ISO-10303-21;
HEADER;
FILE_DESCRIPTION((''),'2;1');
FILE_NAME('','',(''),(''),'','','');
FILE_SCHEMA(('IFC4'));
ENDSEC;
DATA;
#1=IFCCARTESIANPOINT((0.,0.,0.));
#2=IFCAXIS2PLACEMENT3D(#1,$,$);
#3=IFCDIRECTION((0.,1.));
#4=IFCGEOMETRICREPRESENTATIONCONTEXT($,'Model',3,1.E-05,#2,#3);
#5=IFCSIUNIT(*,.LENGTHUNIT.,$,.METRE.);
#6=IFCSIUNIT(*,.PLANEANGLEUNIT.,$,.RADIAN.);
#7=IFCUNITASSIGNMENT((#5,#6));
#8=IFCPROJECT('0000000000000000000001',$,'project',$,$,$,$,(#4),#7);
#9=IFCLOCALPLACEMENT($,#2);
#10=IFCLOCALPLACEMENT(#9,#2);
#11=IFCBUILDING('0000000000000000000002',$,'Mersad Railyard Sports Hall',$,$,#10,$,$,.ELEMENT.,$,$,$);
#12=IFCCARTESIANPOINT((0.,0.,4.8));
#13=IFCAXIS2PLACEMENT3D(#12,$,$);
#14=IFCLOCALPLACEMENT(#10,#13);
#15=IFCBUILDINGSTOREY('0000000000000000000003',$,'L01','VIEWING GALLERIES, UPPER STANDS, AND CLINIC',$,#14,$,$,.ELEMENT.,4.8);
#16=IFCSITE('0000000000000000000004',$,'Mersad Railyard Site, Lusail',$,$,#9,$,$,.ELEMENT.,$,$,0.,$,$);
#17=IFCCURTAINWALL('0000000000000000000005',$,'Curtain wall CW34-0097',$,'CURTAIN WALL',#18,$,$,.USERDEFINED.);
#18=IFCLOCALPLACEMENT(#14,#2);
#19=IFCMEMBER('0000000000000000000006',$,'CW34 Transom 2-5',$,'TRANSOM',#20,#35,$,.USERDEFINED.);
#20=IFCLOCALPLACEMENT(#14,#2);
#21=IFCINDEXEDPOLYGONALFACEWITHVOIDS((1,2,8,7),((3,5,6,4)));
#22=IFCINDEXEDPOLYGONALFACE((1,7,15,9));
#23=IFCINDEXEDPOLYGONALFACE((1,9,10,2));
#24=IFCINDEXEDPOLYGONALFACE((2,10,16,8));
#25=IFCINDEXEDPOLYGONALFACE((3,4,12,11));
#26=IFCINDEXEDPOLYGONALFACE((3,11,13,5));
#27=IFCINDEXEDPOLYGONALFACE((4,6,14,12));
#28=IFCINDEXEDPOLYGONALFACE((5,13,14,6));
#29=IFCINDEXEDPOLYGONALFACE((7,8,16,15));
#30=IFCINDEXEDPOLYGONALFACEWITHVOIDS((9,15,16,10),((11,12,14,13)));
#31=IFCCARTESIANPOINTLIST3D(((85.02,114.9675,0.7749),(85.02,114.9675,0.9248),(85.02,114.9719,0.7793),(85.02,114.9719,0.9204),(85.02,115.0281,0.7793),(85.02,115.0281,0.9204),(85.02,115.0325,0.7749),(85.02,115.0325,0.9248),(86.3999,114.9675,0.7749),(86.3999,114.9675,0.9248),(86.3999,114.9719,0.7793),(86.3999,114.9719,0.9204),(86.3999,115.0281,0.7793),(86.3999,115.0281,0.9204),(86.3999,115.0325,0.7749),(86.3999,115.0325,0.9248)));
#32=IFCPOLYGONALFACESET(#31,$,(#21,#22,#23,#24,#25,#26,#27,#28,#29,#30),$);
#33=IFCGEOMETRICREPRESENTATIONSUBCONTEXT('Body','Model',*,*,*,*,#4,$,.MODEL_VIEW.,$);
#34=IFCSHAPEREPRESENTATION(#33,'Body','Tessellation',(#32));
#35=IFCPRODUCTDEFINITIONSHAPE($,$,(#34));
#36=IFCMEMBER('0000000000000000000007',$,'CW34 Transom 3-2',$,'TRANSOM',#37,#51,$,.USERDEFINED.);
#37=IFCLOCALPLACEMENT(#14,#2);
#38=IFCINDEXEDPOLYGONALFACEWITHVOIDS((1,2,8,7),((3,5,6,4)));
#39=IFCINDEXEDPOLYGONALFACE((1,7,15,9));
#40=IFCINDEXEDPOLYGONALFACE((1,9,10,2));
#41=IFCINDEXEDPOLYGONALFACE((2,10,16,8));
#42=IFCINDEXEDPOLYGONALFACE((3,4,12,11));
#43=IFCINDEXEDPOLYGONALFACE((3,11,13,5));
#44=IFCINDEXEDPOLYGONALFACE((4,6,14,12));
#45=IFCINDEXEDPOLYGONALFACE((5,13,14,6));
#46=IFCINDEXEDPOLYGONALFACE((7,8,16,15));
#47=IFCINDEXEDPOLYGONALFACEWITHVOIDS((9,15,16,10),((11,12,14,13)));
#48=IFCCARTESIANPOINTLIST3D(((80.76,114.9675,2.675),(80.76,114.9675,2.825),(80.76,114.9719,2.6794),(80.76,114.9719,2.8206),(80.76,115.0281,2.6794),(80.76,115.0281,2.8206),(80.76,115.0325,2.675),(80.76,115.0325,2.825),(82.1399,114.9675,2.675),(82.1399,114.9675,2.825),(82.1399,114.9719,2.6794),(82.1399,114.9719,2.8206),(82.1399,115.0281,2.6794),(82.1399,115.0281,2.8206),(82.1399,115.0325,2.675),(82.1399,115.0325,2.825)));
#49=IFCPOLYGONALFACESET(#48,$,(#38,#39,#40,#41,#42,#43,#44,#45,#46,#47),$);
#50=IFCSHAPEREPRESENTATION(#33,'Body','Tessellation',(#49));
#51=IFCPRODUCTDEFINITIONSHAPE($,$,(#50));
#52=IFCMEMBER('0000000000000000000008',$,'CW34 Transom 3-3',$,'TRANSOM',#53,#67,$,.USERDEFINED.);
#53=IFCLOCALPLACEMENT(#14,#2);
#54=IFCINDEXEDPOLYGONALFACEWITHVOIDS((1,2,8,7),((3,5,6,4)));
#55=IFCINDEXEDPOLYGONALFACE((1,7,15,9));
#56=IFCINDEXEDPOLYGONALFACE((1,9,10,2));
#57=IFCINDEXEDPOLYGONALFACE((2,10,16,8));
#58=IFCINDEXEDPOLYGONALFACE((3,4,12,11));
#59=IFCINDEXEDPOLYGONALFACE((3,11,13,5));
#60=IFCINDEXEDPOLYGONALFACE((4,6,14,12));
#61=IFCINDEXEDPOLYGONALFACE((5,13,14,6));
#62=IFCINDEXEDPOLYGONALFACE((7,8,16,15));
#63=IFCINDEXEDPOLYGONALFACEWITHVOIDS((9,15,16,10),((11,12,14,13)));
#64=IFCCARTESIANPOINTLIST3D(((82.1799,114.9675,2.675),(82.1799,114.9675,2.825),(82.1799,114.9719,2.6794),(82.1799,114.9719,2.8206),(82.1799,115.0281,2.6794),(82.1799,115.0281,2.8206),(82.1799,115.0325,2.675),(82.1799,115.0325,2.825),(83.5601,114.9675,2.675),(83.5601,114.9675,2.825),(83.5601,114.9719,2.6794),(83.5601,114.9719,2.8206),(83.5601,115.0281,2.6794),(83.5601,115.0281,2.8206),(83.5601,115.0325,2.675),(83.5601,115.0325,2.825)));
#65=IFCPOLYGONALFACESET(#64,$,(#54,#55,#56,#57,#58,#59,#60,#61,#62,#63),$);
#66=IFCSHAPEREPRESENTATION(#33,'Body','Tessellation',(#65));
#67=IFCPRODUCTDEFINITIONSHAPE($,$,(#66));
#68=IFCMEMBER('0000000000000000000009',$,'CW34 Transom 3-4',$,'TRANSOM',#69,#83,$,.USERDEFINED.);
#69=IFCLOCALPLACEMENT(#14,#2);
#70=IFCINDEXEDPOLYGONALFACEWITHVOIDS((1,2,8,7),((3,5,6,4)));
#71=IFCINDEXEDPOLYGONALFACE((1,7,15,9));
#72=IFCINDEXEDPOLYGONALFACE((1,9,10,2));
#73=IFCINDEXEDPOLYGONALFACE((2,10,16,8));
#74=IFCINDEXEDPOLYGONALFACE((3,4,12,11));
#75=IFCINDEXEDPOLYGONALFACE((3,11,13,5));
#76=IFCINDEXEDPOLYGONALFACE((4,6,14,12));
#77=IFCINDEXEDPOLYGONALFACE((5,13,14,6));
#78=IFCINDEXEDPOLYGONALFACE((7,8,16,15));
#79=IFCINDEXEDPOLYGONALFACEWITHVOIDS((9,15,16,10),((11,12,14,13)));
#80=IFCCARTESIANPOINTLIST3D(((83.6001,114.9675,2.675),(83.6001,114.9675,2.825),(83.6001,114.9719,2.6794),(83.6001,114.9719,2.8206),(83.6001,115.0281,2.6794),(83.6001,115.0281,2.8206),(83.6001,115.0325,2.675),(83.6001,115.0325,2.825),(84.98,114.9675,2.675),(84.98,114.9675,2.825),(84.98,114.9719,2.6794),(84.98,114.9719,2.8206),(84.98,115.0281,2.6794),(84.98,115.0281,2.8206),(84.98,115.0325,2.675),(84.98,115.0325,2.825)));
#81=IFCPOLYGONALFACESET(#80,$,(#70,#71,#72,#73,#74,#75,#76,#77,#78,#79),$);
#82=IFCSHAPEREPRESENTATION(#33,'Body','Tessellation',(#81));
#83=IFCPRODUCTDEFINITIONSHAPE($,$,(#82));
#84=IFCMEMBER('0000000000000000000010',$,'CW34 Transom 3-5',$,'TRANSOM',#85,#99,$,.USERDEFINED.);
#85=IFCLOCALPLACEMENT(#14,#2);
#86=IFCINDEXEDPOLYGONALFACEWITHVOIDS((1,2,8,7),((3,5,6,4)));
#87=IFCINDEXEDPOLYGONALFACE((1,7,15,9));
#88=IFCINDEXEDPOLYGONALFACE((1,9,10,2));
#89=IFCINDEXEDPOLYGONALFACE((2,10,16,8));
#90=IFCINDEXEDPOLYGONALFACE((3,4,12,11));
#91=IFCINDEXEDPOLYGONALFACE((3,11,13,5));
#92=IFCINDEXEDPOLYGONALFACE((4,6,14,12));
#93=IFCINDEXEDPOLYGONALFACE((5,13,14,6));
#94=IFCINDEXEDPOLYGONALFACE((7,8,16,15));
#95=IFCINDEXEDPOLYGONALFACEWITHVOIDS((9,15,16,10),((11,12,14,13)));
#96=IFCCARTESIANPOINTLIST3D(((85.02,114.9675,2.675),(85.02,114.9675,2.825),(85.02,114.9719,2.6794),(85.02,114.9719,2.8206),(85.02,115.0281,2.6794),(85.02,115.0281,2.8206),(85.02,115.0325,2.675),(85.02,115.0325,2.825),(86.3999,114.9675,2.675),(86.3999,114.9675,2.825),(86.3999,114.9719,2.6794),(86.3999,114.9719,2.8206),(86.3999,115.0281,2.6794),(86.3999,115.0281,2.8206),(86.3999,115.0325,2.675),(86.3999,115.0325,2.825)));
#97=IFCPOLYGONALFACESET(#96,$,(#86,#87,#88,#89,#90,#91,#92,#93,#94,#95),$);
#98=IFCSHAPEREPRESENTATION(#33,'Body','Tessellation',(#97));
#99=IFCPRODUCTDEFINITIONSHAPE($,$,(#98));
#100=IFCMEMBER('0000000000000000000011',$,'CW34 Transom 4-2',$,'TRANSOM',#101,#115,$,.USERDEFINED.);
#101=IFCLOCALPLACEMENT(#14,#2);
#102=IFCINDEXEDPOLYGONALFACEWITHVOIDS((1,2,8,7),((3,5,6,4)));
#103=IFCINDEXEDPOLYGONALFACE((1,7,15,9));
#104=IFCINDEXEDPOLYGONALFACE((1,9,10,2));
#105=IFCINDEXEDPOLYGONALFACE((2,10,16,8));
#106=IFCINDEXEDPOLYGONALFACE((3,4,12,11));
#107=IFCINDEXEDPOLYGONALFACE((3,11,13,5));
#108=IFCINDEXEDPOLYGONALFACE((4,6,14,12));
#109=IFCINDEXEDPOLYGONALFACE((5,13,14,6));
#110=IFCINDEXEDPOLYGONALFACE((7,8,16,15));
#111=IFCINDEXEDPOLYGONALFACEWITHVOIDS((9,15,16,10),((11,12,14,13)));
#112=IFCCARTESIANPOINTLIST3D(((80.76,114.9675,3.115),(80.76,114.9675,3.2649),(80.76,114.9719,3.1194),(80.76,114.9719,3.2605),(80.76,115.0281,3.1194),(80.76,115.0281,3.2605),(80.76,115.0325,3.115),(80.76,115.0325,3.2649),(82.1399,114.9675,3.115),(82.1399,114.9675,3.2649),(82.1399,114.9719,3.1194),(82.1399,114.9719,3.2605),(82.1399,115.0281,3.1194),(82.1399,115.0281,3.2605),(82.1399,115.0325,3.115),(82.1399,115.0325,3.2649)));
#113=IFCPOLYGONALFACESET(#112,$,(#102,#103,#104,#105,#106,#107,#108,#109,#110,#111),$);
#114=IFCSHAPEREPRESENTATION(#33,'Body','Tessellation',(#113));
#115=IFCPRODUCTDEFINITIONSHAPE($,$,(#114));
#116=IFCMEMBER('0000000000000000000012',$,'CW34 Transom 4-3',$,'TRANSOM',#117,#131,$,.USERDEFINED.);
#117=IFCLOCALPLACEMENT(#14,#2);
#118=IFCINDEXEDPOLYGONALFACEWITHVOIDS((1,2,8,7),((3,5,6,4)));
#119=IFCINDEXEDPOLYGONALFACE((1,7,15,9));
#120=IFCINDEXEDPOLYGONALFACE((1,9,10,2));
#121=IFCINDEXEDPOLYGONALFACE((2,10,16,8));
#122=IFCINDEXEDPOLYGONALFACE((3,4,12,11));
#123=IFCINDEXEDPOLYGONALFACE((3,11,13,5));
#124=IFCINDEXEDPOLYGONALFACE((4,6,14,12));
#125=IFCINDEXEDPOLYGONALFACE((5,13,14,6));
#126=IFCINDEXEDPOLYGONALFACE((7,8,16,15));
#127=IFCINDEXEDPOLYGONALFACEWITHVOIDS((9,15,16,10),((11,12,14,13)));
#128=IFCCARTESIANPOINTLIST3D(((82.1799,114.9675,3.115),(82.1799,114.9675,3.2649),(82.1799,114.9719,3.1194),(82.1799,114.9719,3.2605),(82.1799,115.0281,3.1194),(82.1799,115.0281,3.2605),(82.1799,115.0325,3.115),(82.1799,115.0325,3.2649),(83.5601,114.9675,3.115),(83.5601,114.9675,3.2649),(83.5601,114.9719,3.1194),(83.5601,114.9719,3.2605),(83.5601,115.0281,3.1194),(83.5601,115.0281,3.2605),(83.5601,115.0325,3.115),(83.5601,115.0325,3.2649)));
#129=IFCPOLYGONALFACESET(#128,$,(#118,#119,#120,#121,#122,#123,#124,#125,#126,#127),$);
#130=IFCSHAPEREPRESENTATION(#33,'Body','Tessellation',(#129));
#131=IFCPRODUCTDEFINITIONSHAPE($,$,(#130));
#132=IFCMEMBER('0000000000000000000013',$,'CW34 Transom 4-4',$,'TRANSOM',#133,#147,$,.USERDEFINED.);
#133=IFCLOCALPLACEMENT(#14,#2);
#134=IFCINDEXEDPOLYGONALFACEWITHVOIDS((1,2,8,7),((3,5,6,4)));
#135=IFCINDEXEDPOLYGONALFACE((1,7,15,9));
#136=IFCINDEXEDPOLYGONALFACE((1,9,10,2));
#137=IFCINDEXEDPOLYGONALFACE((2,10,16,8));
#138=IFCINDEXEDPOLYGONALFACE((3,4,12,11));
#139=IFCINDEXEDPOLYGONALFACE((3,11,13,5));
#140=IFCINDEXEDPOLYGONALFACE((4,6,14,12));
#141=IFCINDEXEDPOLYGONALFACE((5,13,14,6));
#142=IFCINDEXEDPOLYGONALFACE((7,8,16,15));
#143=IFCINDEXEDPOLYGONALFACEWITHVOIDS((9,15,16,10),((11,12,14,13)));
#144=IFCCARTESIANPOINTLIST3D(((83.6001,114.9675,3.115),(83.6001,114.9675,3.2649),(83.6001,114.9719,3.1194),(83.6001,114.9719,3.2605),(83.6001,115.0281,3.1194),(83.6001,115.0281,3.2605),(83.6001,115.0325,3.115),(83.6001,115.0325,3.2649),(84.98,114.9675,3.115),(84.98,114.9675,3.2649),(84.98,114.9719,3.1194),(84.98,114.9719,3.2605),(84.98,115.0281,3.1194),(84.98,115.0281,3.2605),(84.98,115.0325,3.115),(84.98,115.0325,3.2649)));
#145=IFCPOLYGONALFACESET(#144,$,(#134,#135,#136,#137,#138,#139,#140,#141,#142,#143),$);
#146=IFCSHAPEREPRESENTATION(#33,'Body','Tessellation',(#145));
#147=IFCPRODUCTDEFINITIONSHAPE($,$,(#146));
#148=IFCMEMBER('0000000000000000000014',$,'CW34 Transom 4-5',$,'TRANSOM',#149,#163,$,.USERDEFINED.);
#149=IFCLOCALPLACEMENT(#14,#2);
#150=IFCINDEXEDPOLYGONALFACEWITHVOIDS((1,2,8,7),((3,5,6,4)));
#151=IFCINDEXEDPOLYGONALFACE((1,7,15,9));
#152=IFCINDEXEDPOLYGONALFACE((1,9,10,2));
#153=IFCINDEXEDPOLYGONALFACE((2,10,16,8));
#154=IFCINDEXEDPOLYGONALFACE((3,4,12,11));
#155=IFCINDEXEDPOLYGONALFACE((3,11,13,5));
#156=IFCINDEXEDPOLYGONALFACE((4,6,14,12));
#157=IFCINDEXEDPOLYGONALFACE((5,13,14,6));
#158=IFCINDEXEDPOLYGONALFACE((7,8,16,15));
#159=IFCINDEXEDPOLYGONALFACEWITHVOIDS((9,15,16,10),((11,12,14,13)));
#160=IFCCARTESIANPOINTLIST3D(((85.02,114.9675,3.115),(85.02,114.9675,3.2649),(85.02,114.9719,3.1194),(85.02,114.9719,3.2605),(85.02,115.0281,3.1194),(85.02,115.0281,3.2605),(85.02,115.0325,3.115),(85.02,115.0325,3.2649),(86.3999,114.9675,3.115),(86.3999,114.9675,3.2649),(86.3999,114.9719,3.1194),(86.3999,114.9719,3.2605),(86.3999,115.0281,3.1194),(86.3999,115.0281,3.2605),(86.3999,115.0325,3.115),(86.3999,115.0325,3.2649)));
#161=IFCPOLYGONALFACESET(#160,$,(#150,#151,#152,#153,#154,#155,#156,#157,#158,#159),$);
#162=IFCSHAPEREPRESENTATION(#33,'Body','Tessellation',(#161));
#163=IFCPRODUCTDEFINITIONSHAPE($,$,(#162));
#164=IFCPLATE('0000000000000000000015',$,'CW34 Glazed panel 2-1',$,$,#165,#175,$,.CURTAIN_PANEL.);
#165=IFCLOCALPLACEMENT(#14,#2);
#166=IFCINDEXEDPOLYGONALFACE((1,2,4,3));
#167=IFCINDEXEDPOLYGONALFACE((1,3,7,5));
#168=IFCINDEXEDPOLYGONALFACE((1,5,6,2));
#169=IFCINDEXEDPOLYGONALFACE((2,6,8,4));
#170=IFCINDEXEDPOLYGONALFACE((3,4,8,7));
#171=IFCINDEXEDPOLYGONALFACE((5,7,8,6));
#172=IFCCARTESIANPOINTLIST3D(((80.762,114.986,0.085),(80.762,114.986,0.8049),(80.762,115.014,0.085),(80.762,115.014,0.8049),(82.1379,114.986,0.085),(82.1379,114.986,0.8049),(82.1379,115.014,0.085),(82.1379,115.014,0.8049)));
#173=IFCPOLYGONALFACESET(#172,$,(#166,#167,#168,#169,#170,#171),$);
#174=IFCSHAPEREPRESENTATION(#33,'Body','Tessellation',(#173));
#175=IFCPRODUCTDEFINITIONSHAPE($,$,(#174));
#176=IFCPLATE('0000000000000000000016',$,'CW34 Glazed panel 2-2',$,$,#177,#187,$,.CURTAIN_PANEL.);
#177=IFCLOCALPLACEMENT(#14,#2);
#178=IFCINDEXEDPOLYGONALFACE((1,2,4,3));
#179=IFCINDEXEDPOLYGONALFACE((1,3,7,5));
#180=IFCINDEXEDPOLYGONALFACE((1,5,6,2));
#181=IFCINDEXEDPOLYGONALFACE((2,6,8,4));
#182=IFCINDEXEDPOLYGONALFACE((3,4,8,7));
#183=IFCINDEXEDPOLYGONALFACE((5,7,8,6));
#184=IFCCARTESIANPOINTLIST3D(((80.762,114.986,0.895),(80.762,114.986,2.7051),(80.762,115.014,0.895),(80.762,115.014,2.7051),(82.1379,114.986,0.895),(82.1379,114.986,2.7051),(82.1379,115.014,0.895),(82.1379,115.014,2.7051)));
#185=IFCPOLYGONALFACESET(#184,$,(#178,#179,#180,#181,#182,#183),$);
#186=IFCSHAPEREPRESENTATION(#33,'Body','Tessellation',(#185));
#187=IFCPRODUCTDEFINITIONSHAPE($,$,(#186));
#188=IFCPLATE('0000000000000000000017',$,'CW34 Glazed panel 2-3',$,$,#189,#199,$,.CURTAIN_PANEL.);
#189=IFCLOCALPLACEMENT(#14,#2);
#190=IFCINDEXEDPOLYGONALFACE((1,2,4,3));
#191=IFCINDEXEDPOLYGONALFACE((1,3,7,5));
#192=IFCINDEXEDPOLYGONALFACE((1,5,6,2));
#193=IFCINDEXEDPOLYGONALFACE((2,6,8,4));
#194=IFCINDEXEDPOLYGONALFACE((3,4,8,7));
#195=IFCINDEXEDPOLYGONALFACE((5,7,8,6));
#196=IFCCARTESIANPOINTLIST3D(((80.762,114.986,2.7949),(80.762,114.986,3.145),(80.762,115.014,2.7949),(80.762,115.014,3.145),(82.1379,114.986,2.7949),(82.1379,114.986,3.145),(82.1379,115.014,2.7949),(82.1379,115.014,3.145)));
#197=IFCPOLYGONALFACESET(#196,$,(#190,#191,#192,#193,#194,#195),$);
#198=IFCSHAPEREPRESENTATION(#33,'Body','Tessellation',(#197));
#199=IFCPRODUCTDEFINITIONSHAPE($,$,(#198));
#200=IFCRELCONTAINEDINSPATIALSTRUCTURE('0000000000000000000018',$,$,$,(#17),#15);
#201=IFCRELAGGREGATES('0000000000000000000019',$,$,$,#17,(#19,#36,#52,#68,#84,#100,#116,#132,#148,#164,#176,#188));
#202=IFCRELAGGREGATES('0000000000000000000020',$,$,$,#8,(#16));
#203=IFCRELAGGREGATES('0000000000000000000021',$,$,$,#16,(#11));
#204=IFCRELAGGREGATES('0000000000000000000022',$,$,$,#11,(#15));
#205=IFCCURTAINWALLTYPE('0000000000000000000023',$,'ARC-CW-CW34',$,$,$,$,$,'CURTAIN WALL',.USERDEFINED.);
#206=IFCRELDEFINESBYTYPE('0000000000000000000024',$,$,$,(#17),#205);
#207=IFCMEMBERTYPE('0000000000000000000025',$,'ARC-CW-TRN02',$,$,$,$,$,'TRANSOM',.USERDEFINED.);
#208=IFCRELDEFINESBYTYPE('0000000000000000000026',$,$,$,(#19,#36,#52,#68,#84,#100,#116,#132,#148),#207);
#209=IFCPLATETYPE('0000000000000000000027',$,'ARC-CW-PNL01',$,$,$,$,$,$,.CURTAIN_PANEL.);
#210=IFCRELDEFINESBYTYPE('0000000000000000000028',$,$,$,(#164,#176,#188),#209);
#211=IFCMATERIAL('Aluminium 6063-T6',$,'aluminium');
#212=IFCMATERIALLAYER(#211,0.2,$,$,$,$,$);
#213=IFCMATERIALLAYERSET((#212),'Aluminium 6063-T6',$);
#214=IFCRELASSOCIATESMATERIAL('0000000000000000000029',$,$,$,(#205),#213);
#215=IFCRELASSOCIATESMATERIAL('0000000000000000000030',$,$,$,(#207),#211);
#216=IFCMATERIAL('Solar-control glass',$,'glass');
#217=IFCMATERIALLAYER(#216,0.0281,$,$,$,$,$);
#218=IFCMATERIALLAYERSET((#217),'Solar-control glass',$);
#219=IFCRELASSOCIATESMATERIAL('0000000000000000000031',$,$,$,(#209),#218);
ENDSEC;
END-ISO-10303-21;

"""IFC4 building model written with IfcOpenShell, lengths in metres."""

from ifc_helpers import new_model, si_unit, direction, frame, origin, origin_2d, place, context, subcontext, project, spatial, rectangle, hollow_rectangle, extrude, material, layer, layer_set, material_profile, profile_set, type_object, element, aggregate, save


model = new_model("IFC4")

# Units and contexts
model_context = context("Model", 3, precision=1e-05, world=origin(), true_north=direction((0.0, 1.0)))
body_context = subcontext(model_context, "Body", "Model", "MODEL_VIEW")
ifc_project = project(units=[si_unit("LENGTHUNIT", "METRE"), si_unit("PLANEANGLEUNIT", "RADIAN")], contexts=[model_context])

# Site, building, storey
site_placement = place(None, origin())
site = spatial("IfcSite", under=ifc_project, at=site_placement, Name="Mersad Railyard Site, Lusail", CompositionType="ELEMENT", RefElevation=0.0)
building_placement = place(site_placement, origin())
building = spatial("IfcBuilding", under=site, at=building_placement, Name="Mersad Railyard Sports Hall", CompositionType="ELEMENT")
storey_placement = place(building_placement, frame((0.0, 0.0, 4.8)))
storey = spatial("IfcBuildingStorey", under=building, at=storey_placement, Name="L01", Description="VIEWING GALLERIES, UPPER STANDS, AND CLINIC", CompositionType="ELEMENT", Elevation=4.8)

# Curtain wall, members, plates
ifc_material_1 = material(Name="Aluminium 6063-T6", Category="aluminium")
ifc_layer_1 = layer(ifc_material_1, 0.2)
ifc_layer_set_1 = layer_set([ifc_layer_1], Name="Aluminium 6063-T6")
curtain_wall_type = type_object("IfcCurtainWallType", Name="ARC-CW-CW34", ElementType="CURTAIN WALL", PredefinedType="USERDEFINED", material=ifc_layer_set_1)
curtain_wall_placement = place(storey_placement, origin())
curtain_wall = element("IfcCurtainWall", 1, at=curtain_wall_placement, inside=storey, type_object=curtain_wall_type, Name="Curtain wall CW34-0097", ObjectType="CURTAIN WALL", PredefinedType="USERDEFINED")
ifc_material_profile_1 = material_profile(ifc_material_1, hollow_rectangle(XDim=0.0649, YDim=0.1499, WallThickness=0.0044, at=origin_2d()), Name="AL TRANSOM 65x150x4.5")
ifc_profile_set_1 = profile_set([ifc_material_profile_1], Name="Aluminium 6063-T6")
member_type_1 = type_object("IfcMemberType", Name="ARC-CW-TRN02", ElementType="TRANSOM", PredefinedType="USERDEFINED", material=ifc_profile_set_1)
member_1_placement = place(storey_placement, frame((85.02, 115.0, 0.8499), z_axis=(1.0, 0.0, 0.0), x_axis=(0.0, 1.0, 0.0)))
member_1 = element("IfcMember", 2, at=member_1_placement, type_object=member_type_1, Name="CW34 Transom 2-5", ObjectType="TRANSOM", PredefinedType="USERDEFINED", context=body_context, shape_type="SweptSolid", body=[
    extrude(hollow_rectangle(XDim=0.0649, YDim=0.1499, WallThickness=0.0044, at=origin_2d()), origin(), (0.0, 0.0, 1.0), 1.3799),
])
member_2_placement = place(storey_placement, frame((80.76, 115.0, 2.75), z_axis=(1.0, 0.0, 0.0), x_axis=(0.0, 1.0, 0.0)))
member_2 = element("IfcMember", 3, at=member_2_placement, type_object=member_type_1, Name="CW34 Transom 3-2", ObjectType="TRANSOM", PredefinedType="USERDEFINED", context=body_context, shape_type="SweptSolid", body=[
    extrude(hollow_rectangle(XDim=0.0649, YDim=0.1499, WallThickness=0.0044, at=origin_2d()), origin(), (0.0, 0.0, 1.0), 1.3799),
])
member_3_placement = place(storey_placement, frame((82.1799, 115.0, 2.75), z_axis=(1.0, 0.0, 0.0), x_axis=(0.0, 1.0, 0.0)))
member_3 = element("IfcMember", 4, at=member_3_placement, type_object=member_type_1, Name="CW34 Transom 3-3", ObjectType="TRANSOM", PredefinedType="USERDEFINED", context=body_context, shape_type="SweptSolid", body=[
    extrude(hollow_rectangle(XDim=0.0649, YDim=0.1499, WallThickness=0.0044, at=origin_2d()), origin(), (0.0, 0.0, 1.0), 1.3801),
])
member_4_placement = place(storey_placement, frame((83.6001, 115.0, 2.75), z_axis=(1.0, 0.0, 0.0), x_axis=(0.0, 1.0, 0.0)))
member_4 = element("IfcMember", 5, at=member_4_placement, type_object=member_type_1, Name="CW34 Transom 3-4", ObjectType="TRANSOM", PredefinedType="USERDEFINED", context=body_context, shape_type="SweptSolid", body=[
    extrude(hollow_rectangle(XDim=0.0649, YDim=0.1499, WallThickness=0.0044, at=origin_2d()), origin(), (0.0, 0.0, 1.0), 1.3799),
])
member_5_placement = place(storey_placement, frame((85.02, 115.0, 2.75), z_axis=(1.0, 0.0, 0.0), x_axis=(0.0, 1.0, 0.0)))
member_5 = element("IfcMember", 6, at=member_5_placement, type_object=member_type_1, Name="CW34 Transom 3-5", ObjectType="TRANSOM", PredefinedType="USERDEFINED", context=body_context, shape_type="SweptSolid", body=[
    extrude(hollow_rectangle(XDim=0.0649, YDim=0.1499, WallThickness=0.0044, at=origin_2d()), origin(), (0.0, 0.0, 1.0), 1.3799),
])
member_6_placement = place(storey_placement, frame((80.76, 115.0, 3.1899), z_axis=(1.0, 0.0, 0.0), x_axis=(0.0, 1.0, 0.0)))
member_6 = element("IfcMember", 7, at=member_6_placement, type_object=member_type_1, Name="CW34 Transom 4-2", ObjectType="TRANSOM", PredefinedType="USERDEFINED", context=body_context, shape_type="SweptSolid", body=[
    extrude(hollow_rectangle(XDim=0.0649, YDim=0.1499, WallThickness=0.0044, at=origin_2d()), origin(), (0.0, 0.0, 1.0), 1.3799),
])
member_7_placement = place(storey_placement, frame((82.1799, 115.0, 3.1899), z_axis=(1.0, 0.0, 0.0), x_axis=(0.0, 1.0, 0.0)))
member_7 = element("IfcMember", 8, at=member_7_placement, type_object=member_type_1, Name="CW34 Transom 4-3", ObjectType="TRANSOM", PredefinedType="USERDEFINED", context=body_context, shape_type="SweptSolid", body=[
    extrude(hollow_rectangle(XDim=0.0649, YDim=0.1499, WallThickness=0.0044, at=origin_2d()), origin(), (0.0, 0.0, 1.0), 1.3801),
])
member_8_placement = place(storey_placement, frame((83.6001, 115.0, 3.1899), z_axis=(1.0, 0.0, 0.0), x_axis=(0.0, 1.0, 0.0)))
member_8 = element("IfcMember", 9, at=member_8_placement, type_object=member_type_1, Name="CW34 Transom 4-4", ObjectType="TRANSOM", PredefinedType="USERDEFINED", context=body_context, shape_type="SweptSolid", body=[
    extrude(hollow_rectangle(XDim=0.0649, YDim=0.1499, WallThickness=0.0044, at=origin_2d()), origin(), (0.0, 0.0, 1.0), 1.3799),
])
member_9_placement = place(storey_placement, frame((85.02, 115.0, 3.1899), z_axis=(1.0, 0.0, 0.0), x_axis=(0.0, 1.0, 0.0)))
member_9 = element("IfcMember", 10, at=member_9_placement, type_object=member_type_1, Name="CW34 Transom 4-5", ObjectType="TRANSOM", PredefinedType="USERDEFINED", context=body_context, shape_type="SweptSolid", body=[
    extrude(hollow_rectangle(XDim=0.0649, YDim=0.1499, WallThickness=0.0044, at=origin_2d()), origin(), (0.0, 0.0, 1.0), 1.3799),
])
ifc_material_2 = material(Name="Solar-control glass", Category="glass")
ifc_layer_2 = layer(ifc_material_2, 0.0281)
ifc_layer_set_2 = layer_set([ifc_layer_2], Name="Solar-control glass")
plate_type = type_object("IfcPlateType", Name="ARC-CW-PNL01", PredefinedType="CURTAIN_PANEL", material=ifc_layer_set_2)
plate_1_placement = place(storey_placement, frame((81.45, 115.0, 0.085), z_axis=(0.0, 0.0, 1.0), x_axis=(1.0, 0.0, 0.0)))
plate_1 = element("IfcPlate", 11, at=plate_1_placement, type_object=plate_type, Name="CW34 Glazed panel 2-1", PredefinedType="CURTAIN_PANEL", context=body_context, shape_type="SweptSolid", body=[
    extrude(rectangle(XDim=1.376, YDim=0.0281, at=origin_2d()), origin(), (0.0, 0.0, 1.0), 0.72),
])
plate_2_placement = place(storey_placement, frame((81.45, 115.0, 0.895), z_axis=(0.0, 0.0, 1.0), x_axis=(1.0, 0.0, 0.0)))
plate_2 = element("IfcPlate", 12, at=plate_2_placement, type_object=plate_type, Name="CW34 Glazed panel 2-2", PredefinedType="CURTAIN_PANEL", context=body_context, shape_type="SweptSolid", body=[
    extrude(rectangle(XDim=1.376, YDim=0.0281, at=origin_2d()), origin(), (0.0, 0.0, 1.0), 1.8101),
])
plate_3_placement = place(storey_placement, frame((81.45, 115.0, 2.7949), z_axis=(0.0, 0.0, 1.0), x_axis=(1.0, 0.0, 0.0)))
plate_3 = element("IfcPlate", 13, at=plate_3_placement, type_object=plate_type, Name="CW34 Glazed panel 2-3", PredefinedType="CURTAIN_PANEL", context=body_context, shape_type="SweptSolid", body=[
    extrude(rectangle(XDim=1.376, YDim=0.0281, at=origin_2d()), origin(), (0.0, 0.0, 1.0), 0.3501),
])
aggregate(curtain_wall, [member_1, member_2, member_3, member_4, member_5, member_6, member_7, member_8, member_9, plate_1, plate_2, plate_3])

save(model, "model.ifc")
